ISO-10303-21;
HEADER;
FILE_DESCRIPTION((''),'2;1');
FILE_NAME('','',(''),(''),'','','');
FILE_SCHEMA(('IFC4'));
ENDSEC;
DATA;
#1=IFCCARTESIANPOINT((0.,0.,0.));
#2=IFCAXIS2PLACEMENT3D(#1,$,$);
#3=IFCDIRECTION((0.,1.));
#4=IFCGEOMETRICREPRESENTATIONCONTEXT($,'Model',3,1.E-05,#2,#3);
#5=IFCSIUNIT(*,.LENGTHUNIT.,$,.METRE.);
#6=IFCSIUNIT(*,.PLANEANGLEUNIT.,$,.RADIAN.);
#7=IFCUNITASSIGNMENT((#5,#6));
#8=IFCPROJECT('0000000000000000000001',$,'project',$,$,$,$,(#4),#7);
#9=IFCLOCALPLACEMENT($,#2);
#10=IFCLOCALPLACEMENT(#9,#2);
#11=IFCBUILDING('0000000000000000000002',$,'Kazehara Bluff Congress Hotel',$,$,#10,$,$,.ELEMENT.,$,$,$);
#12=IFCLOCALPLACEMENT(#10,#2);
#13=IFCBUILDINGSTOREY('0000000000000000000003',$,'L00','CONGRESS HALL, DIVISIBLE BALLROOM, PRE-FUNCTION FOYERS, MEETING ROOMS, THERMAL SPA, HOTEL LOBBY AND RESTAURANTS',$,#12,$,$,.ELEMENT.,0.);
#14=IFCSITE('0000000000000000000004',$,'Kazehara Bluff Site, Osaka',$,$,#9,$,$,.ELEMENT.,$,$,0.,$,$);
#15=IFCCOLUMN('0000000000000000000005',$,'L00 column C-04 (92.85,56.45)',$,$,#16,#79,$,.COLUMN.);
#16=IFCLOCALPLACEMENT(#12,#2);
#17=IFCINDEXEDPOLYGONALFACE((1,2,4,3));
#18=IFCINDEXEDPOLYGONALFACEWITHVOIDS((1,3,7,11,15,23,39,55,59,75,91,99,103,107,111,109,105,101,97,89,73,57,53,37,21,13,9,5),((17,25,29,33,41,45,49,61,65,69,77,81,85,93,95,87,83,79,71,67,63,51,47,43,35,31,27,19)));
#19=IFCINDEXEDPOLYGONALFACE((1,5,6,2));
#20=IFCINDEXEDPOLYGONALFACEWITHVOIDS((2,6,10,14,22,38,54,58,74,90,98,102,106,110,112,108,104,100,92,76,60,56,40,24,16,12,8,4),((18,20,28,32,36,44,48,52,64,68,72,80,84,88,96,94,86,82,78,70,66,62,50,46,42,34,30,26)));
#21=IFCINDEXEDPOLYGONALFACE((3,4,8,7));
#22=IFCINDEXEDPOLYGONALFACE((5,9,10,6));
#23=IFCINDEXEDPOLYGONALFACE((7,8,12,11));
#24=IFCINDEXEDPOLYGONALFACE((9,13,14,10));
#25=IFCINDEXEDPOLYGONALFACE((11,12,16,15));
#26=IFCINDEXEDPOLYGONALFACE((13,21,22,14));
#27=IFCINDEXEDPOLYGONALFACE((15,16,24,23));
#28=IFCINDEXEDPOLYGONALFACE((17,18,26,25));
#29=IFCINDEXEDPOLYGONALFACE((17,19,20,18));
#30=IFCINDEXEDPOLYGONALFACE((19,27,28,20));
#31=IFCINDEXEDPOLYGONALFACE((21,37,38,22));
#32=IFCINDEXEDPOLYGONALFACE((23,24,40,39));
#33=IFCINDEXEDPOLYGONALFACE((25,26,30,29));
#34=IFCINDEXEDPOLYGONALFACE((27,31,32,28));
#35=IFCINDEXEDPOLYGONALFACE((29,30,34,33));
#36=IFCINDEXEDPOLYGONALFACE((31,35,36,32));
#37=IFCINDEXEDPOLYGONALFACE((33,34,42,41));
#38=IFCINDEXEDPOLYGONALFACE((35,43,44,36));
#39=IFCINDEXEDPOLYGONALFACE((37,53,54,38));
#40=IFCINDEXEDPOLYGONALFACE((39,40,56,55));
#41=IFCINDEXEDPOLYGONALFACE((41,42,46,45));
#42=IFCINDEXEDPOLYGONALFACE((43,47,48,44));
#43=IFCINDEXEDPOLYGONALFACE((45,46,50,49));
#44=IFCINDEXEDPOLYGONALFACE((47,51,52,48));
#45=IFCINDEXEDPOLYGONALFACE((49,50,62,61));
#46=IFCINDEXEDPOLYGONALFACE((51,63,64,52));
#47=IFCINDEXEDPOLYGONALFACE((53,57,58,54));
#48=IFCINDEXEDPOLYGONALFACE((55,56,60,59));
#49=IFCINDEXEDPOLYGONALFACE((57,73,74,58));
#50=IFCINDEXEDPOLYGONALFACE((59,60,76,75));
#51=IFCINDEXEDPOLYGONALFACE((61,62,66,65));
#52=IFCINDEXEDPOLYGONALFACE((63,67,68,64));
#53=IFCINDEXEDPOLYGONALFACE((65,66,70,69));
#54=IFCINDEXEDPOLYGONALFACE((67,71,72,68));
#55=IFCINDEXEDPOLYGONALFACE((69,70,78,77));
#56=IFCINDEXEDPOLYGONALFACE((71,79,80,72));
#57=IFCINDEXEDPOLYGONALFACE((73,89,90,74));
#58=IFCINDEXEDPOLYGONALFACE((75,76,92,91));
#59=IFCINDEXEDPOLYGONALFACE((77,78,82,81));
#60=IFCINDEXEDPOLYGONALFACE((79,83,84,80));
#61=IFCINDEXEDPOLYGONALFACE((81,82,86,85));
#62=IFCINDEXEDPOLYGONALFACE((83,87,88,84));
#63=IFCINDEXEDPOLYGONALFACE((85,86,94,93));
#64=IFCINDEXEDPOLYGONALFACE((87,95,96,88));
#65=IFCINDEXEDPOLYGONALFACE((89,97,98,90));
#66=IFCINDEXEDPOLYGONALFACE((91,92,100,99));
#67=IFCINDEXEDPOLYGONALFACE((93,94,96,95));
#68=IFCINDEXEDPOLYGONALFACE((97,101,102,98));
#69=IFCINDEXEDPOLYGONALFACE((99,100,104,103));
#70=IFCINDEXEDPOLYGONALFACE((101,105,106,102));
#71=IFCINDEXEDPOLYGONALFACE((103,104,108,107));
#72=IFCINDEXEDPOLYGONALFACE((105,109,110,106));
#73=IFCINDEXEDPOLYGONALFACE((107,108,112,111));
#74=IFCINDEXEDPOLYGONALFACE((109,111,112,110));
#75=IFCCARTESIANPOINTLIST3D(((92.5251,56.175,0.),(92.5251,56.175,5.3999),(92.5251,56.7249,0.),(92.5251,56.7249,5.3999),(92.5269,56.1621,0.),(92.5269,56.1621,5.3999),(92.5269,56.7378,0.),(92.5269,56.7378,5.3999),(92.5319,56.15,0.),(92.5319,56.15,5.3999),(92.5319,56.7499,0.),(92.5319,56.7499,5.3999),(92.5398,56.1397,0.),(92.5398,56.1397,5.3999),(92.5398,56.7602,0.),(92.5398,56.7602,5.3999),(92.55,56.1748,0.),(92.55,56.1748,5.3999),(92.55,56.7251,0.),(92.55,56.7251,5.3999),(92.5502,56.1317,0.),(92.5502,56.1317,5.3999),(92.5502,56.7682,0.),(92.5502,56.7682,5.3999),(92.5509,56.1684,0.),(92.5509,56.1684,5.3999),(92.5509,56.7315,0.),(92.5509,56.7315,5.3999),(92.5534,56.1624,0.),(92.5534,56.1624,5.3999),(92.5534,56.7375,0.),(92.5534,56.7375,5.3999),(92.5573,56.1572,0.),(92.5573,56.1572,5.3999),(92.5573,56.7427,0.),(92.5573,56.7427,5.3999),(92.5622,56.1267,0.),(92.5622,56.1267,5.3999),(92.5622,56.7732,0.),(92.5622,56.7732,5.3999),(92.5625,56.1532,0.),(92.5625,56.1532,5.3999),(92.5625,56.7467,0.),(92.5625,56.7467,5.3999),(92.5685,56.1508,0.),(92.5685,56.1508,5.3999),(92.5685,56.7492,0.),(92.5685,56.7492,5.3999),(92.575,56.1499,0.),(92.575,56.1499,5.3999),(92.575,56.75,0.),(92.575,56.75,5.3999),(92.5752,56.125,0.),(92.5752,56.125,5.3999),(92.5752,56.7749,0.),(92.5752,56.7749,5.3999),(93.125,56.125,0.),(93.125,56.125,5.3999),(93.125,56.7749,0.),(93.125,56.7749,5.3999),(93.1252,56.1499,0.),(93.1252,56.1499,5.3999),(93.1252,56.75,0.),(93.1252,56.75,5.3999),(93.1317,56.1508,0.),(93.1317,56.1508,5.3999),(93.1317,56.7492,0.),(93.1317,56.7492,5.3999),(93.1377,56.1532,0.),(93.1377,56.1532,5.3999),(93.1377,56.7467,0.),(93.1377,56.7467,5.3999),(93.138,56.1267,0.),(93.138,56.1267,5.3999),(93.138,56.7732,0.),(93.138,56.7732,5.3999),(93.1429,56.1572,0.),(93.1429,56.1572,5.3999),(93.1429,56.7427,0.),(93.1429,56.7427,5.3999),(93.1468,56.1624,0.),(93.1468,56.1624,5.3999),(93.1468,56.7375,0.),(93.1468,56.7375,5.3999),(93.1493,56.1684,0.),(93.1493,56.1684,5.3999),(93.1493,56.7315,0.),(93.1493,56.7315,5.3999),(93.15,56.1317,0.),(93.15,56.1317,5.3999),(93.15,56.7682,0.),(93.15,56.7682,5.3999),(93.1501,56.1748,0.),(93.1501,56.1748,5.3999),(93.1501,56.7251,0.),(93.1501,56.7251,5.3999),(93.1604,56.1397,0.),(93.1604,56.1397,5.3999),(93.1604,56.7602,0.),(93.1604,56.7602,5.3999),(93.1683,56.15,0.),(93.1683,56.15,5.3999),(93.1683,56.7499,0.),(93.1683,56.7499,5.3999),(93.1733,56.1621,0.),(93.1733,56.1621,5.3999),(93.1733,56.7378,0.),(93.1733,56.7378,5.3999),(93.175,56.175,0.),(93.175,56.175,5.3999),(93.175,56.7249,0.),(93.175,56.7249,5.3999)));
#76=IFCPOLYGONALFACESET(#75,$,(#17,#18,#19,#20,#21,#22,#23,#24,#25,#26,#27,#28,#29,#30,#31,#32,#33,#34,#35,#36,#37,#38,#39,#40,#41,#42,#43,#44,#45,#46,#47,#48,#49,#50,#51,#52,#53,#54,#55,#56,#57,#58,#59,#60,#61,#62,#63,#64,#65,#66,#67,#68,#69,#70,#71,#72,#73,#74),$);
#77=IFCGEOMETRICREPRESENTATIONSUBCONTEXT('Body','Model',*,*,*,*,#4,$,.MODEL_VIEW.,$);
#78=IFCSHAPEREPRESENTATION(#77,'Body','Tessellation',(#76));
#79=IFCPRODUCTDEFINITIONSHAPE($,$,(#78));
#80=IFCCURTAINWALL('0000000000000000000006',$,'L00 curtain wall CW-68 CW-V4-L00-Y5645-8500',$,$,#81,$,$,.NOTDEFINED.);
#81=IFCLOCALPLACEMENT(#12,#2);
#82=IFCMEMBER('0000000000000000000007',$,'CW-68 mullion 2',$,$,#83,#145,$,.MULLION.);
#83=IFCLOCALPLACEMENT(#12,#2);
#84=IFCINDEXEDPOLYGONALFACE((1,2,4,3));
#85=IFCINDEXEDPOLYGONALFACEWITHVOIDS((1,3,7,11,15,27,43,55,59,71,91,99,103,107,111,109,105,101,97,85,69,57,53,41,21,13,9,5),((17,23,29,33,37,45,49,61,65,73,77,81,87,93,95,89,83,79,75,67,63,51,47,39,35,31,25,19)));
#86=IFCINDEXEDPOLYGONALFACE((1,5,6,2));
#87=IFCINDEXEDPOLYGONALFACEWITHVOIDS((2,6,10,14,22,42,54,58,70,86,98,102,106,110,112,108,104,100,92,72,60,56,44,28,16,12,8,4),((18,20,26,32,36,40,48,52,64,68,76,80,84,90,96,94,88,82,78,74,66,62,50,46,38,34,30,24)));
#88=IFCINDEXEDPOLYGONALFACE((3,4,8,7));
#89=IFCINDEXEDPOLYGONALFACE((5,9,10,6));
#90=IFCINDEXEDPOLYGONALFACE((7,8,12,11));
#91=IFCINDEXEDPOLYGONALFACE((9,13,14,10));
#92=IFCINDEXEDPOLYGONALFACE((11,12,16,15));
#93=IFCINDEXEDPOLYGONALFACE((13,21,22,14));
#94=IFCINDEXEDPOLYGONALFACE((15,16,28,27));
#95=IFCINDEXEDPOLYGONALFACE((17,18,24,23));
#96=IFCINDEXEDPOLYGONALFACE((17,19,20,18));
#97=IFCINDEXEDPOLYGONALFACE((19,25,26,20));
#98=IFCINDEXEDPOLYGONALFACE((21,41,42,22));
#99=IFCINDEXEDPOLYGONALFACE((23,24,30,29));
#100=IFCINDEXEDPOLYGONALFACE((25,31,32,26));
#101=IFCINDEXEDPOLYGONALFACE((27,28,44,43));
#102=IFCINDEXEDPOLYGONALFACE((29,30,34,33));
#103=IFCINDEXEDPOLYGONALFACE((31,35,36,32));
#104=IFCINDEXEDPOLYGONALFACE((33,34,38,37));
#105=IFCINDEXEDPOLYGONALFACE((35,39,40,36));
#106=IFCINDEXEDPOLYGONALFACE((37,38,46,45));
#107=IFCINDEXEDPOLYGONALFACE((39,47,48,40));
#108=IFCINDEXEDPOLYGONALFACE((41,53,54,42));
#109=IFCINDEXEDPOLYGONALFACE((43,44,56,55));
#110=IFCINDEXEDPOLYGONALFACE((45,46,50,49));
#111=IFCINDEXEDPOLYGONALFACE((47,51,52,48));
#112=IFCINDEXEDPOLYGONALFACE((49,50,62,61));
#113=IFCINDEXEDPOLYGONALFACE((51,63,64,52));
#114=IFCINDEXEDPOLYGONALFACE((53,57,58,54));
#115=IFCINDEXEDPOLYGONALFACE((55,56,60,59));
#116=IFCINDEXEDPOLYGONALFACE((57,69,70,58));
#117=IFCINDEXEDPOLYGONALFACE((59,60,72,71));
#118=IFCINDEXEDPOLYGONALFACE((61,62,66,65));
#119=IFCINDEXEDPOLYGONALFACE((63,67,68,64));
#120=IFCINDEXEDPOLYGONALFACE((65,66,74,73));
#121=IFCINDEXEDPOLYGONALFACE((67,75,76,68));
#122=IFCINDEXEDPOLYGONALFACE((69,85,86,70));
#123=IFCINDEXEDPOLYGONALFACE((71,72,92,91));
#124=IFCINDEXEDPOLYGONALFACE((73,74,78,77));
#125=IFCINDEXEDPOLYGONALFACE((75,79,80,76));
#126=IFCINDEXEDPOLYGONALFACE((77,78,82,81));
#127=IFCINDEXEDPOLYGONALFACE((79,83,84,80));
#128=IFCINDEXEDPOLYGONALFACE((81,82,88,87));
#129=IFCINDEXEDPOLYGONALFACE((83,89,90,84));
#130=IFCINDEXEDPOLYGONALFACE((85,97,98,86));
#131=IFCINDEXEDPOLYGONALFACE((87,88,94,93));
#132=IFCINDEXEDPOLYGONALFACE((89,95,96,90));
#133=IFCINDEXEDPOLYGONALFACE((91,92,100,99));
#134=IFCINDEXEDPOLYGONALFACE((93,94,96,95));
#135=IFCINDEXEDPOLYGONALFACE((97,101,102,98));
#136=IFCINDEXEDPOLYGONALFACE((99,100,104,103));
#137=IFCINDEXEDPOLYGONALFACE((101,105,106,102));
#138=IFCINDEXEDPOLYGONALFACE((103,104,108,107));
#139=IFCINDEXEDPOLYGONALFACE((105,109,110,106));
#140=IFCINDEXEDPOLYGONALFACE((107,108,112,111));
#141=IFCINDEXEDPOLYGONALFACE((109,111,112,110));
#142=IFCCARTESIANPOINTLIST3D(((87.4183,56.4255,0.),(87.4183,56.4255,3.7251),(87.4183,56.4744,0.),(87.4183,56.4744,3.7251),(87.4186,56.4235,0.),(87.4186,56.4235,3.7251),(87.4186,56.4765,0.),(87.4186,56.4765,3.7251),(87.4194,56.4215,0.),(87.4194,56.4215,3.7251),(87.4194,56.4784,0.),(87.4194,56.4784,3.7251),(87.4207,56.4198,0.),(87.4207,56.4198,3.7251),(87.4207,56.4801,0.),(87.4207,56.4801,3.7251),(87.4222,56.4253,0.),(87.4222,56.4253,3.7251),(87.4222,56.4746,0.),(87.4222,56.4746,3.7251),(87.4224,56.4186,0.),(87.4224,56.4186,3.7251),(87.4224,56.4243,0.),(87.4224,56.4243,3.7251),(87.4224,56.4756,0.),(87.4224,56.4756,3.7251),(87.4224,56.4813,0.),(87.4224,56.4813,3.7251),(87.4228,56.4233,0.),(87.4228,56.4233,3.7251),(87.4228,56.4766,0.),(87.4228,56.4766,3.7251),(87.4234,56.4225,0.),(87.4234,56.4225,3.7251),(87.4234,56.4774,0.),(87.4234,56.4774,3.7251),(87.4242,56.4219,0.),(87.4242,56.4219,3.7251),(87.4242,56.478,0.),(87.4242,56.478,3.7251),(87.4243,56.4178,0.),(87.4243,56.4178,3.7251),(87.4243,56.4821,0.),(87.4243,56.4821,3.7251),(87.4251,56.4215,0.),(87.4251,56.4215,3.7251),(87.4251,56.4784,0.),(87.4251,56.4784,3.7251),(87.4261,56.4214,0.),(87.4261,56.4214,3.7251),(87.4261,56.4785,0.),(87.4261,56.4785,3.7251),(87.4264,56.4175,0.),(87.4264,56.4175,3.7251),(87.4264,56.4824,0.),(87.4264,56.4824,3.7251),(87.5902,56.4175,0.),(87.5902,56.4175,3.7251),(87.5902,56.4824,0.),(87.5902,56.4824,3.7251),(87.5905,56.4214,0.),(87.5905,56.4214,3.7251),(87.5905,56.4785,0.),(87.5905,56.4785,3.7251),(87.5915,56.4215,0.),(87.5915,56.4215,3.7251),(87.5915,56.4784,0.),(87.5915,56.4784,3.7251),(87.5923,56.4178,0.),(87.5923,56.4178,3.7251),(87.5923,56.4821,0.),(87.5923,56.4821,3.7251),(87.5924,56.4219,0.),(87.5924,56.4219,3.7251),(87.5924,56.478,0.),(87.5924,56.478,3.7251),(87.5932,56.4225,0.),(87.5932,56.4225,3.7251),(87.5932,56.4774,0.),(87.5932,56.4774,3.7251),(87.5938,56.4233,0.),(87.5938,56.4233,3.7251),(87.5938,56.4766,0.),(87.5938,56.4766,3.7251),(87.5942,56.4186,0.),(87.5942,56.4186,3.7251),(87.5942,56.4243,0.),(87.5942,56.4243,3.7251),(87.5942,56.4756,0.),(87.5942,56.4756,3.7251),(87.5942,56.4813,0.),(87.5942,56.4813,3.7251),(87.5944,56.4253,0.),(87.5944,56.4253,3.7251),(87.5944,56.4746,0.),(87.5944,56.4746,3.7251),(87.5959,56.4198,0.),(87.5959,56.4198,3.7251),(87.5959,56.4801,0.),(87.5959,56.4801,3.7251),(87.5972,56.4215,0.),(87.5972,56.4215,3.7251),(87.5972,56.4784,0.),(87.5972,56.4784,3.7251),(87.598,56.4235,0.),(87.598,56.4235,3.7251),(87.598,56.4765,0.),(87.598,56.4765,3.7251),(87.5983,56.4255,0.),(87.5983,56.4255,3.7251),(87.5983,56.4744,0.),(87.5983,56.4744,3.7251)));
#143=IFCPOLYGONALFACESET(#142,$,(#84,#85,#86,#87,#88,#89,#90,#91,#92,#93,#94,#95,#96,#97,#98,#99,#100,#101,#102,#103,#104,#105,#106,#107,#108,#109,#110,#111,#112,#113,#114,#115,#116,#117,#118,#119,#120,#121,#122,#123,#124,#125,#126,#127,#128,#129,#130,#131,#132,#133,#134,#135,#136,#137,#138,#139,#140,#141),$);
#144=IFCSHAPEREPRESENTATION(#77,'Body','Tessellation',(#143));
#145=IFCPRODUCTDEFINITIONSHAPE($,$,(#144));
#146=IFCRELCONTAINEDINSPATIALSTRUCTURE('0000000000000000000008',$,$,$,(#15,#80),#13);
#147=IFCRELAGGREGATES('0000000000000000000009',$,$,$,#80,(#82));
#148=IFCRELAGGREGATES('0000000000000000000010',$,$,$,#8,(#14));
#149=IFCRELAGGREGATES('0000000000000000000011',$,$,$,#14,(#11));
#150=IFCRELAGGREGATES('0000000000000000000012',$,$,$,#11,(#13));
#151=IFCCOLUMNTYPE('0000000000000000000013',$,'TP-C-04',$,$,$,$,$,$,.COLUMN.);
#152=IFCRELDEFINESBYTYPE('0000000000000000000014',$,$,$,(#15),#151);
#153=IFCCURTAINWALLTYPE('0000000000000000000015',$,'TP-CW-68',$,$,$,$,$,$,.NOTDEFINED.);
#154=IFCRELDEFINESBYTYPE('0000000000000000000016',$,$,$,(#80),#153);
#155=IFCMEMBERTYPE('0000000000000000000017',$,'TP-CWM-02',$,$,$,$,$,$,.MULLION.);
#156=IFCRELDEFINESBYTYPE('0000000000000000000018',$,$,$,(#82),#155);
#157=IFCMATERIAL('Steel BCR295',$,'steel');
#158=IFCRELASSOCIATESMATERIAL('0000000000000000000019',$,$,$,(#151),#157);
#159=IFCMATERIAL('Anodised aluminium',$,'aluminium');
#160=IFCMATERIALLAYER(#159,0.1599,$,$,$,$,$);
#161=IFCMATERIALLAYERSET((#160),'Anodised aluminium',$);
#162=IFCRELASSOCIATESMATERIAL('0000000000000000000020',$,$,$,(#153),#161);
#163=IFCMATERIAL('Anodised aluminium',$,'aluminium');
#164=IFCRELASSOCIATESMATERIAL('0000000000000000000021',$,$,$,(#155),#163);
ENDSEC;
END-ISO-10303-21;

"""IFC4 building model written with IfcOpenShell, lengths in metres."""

from ifc_helpers import new_model, si_unit, direction, frame, origin, origin_2d, place, context, subcontext, project, spatial, hollow_rectangle, extrude, material, layer, layer_set, material_profile, profile_set, type_object, element, aggregate, save


model = new_model("IFC4")

# Units and contexts
model_context = context("Model", 3, precision=1e-05, world=origin(), true_north=direction((0.0, 1.0)))
body_context = subcontext(model_context, "Body", "Model", "MODEL_VIEW")
ifc_project = project(units=[si_unit("LENGTHUNIT", "METRE"), si_unit("PLANEANGLEUNIT", "RADIAN")], contexts=[model_context])

# Site, building, storey
site_placement = place(None, origin())
site = spatial("IfcSite", under=ifc_project, at=site_placement, Name="Kazehara Bluff Site, Osaka", CompositionType="ELEMENT", RefElevation=0.0)
building_placement = place(site_placement, origin())
building = spatial("IfcBuilding", under=site, at=building_placement, Name="Kazehara Bluff Congress Hotel", CompositionType="ELEMENT")
storey_placement = place(building_placement, origin())
storey = spatial("IfcBuildingStorey", under=building, at=storey_placement, Name="L00", Description="CONGRESS HALL, DIVISIBLE BALLROOM, PRE-FUNCTION FOYERS, MEETING ROOMS, THERMAL SPA, HOTEL LOBBY AND RESTAURANTS", CompositionType="ELEMENT", Elevation=0.0)

# Column
ifc_material_1 = material(Name="Steel BCR295", Category="steel")
ifc_material_profile_1 = material_profile(ifc_material_1, hollow_rectangle(XDim=0.6499, YDim=0.6499, WallThickness=0.0249, InnerFilletRadius=0.0249, OuterFilletRadius=0.05, at=origin_2d()))
ifc_profile_set_1 = profile_set([ifc_material_profile_1], Name="Steel BCR295")
column_type = type_object("IfcColumnType", Name="TP-C-04", PredefinedType="COLUMN", material=ifc_profile_set_1)
column_placement = place(storey_placement, frame((92.8501, 56.45, 0.0), z_axis=(0.0, 0.0, 1.0), x_axis=(1.0, 0.0, 0.0)))
element("IfcColumn", 1, at=column_placement, inside=storey, type_object=column_type, Name="L00 column C-04 (92.85,56.45)", PredefinedType="COLUMN", context=body_context, shape_type="SweptSolid", body=[
    extrude(hollow_rectangle(XDim=0.6499, YDim=0.6499, WallThickness=0.0249, InnerFilletRadius=0.0249, OuterFilletRadius=0.05, at=origin_2d()), origin(), (0.0, 0.0, 1.0), 5.3999),
])

# Curtain wall, member
ifc_material_2 = material(Name="Anodised aluminium", Category="aluminium")
ifc_layer_1 = layer(ifc_material_2, 0.1599)
ifc_layer_set_1 = layer_set([ifc_layer_1], Name="Anodised aluminium")
curtain_wall_type_1 = type_object("IfcCurtainWallType", Name="TP-CW-68", PredefinedType="NOTDEFINED", material=ifc_layer_set_1)
curtain_wall_1_placement = place(storey_placement, origin())
curtain_wall_1 = element("IfcCurtainWall", 2, at=curtain_wall_1_placement, inside=storey, type_object=curtain_wall_type_1, Name="L00 curtain wall CW-68 CW-V4-L00-Y5645-8500", PredefinedType="NOTDEFINED")
ifc_material_3 = material(Name="Anodised aluminium", Category="aluminium")
ifc_material_profile_2 = material_profile(ifc_material_3, hollow_rectangle(XDim=0.0649, YDim=0.1799, WallThickness=0.0039, InnerFilletRadius=0.0039, OuterFilletRadius=0.0081, at=origin_2d()))
ifc_profile_set_2 = profile_set([ifc_material_profile_2], Name="Anodised aluminium")
member_type_1 = type_object("IfcMemberType", Name="TP-CWM-02", PredefinedType="MULLION", material=ifc_profile_set_2)
member_1_placement = place(storey_placement, frame((87.5083, 56.45, 0.0), z_axis=(0.0, 0.0, 1.0), x_axis=(0.0, 1.0, 0.0)))
member_1 = element("IfcMember", 3, at=member_1_placement, type_object=member_type_1, Name="CW-68 mullion 2", PredefinedType="MULLION", context=body_context, shape_type="SweptSolid", body=[
    extrude(hollow_rectangle(XDim=0.0649, YDim=0.1799, WallThickness=0.0039, InnerFilletRadius=0.0039, OuterFilletRadius=0.0081, at=origin_2d()), origin(), (0.0, 0.0, 1.0), 3.7251),
])

aggregate(curtain_wall_1, [member_1])

save(model, "model.ifc")
